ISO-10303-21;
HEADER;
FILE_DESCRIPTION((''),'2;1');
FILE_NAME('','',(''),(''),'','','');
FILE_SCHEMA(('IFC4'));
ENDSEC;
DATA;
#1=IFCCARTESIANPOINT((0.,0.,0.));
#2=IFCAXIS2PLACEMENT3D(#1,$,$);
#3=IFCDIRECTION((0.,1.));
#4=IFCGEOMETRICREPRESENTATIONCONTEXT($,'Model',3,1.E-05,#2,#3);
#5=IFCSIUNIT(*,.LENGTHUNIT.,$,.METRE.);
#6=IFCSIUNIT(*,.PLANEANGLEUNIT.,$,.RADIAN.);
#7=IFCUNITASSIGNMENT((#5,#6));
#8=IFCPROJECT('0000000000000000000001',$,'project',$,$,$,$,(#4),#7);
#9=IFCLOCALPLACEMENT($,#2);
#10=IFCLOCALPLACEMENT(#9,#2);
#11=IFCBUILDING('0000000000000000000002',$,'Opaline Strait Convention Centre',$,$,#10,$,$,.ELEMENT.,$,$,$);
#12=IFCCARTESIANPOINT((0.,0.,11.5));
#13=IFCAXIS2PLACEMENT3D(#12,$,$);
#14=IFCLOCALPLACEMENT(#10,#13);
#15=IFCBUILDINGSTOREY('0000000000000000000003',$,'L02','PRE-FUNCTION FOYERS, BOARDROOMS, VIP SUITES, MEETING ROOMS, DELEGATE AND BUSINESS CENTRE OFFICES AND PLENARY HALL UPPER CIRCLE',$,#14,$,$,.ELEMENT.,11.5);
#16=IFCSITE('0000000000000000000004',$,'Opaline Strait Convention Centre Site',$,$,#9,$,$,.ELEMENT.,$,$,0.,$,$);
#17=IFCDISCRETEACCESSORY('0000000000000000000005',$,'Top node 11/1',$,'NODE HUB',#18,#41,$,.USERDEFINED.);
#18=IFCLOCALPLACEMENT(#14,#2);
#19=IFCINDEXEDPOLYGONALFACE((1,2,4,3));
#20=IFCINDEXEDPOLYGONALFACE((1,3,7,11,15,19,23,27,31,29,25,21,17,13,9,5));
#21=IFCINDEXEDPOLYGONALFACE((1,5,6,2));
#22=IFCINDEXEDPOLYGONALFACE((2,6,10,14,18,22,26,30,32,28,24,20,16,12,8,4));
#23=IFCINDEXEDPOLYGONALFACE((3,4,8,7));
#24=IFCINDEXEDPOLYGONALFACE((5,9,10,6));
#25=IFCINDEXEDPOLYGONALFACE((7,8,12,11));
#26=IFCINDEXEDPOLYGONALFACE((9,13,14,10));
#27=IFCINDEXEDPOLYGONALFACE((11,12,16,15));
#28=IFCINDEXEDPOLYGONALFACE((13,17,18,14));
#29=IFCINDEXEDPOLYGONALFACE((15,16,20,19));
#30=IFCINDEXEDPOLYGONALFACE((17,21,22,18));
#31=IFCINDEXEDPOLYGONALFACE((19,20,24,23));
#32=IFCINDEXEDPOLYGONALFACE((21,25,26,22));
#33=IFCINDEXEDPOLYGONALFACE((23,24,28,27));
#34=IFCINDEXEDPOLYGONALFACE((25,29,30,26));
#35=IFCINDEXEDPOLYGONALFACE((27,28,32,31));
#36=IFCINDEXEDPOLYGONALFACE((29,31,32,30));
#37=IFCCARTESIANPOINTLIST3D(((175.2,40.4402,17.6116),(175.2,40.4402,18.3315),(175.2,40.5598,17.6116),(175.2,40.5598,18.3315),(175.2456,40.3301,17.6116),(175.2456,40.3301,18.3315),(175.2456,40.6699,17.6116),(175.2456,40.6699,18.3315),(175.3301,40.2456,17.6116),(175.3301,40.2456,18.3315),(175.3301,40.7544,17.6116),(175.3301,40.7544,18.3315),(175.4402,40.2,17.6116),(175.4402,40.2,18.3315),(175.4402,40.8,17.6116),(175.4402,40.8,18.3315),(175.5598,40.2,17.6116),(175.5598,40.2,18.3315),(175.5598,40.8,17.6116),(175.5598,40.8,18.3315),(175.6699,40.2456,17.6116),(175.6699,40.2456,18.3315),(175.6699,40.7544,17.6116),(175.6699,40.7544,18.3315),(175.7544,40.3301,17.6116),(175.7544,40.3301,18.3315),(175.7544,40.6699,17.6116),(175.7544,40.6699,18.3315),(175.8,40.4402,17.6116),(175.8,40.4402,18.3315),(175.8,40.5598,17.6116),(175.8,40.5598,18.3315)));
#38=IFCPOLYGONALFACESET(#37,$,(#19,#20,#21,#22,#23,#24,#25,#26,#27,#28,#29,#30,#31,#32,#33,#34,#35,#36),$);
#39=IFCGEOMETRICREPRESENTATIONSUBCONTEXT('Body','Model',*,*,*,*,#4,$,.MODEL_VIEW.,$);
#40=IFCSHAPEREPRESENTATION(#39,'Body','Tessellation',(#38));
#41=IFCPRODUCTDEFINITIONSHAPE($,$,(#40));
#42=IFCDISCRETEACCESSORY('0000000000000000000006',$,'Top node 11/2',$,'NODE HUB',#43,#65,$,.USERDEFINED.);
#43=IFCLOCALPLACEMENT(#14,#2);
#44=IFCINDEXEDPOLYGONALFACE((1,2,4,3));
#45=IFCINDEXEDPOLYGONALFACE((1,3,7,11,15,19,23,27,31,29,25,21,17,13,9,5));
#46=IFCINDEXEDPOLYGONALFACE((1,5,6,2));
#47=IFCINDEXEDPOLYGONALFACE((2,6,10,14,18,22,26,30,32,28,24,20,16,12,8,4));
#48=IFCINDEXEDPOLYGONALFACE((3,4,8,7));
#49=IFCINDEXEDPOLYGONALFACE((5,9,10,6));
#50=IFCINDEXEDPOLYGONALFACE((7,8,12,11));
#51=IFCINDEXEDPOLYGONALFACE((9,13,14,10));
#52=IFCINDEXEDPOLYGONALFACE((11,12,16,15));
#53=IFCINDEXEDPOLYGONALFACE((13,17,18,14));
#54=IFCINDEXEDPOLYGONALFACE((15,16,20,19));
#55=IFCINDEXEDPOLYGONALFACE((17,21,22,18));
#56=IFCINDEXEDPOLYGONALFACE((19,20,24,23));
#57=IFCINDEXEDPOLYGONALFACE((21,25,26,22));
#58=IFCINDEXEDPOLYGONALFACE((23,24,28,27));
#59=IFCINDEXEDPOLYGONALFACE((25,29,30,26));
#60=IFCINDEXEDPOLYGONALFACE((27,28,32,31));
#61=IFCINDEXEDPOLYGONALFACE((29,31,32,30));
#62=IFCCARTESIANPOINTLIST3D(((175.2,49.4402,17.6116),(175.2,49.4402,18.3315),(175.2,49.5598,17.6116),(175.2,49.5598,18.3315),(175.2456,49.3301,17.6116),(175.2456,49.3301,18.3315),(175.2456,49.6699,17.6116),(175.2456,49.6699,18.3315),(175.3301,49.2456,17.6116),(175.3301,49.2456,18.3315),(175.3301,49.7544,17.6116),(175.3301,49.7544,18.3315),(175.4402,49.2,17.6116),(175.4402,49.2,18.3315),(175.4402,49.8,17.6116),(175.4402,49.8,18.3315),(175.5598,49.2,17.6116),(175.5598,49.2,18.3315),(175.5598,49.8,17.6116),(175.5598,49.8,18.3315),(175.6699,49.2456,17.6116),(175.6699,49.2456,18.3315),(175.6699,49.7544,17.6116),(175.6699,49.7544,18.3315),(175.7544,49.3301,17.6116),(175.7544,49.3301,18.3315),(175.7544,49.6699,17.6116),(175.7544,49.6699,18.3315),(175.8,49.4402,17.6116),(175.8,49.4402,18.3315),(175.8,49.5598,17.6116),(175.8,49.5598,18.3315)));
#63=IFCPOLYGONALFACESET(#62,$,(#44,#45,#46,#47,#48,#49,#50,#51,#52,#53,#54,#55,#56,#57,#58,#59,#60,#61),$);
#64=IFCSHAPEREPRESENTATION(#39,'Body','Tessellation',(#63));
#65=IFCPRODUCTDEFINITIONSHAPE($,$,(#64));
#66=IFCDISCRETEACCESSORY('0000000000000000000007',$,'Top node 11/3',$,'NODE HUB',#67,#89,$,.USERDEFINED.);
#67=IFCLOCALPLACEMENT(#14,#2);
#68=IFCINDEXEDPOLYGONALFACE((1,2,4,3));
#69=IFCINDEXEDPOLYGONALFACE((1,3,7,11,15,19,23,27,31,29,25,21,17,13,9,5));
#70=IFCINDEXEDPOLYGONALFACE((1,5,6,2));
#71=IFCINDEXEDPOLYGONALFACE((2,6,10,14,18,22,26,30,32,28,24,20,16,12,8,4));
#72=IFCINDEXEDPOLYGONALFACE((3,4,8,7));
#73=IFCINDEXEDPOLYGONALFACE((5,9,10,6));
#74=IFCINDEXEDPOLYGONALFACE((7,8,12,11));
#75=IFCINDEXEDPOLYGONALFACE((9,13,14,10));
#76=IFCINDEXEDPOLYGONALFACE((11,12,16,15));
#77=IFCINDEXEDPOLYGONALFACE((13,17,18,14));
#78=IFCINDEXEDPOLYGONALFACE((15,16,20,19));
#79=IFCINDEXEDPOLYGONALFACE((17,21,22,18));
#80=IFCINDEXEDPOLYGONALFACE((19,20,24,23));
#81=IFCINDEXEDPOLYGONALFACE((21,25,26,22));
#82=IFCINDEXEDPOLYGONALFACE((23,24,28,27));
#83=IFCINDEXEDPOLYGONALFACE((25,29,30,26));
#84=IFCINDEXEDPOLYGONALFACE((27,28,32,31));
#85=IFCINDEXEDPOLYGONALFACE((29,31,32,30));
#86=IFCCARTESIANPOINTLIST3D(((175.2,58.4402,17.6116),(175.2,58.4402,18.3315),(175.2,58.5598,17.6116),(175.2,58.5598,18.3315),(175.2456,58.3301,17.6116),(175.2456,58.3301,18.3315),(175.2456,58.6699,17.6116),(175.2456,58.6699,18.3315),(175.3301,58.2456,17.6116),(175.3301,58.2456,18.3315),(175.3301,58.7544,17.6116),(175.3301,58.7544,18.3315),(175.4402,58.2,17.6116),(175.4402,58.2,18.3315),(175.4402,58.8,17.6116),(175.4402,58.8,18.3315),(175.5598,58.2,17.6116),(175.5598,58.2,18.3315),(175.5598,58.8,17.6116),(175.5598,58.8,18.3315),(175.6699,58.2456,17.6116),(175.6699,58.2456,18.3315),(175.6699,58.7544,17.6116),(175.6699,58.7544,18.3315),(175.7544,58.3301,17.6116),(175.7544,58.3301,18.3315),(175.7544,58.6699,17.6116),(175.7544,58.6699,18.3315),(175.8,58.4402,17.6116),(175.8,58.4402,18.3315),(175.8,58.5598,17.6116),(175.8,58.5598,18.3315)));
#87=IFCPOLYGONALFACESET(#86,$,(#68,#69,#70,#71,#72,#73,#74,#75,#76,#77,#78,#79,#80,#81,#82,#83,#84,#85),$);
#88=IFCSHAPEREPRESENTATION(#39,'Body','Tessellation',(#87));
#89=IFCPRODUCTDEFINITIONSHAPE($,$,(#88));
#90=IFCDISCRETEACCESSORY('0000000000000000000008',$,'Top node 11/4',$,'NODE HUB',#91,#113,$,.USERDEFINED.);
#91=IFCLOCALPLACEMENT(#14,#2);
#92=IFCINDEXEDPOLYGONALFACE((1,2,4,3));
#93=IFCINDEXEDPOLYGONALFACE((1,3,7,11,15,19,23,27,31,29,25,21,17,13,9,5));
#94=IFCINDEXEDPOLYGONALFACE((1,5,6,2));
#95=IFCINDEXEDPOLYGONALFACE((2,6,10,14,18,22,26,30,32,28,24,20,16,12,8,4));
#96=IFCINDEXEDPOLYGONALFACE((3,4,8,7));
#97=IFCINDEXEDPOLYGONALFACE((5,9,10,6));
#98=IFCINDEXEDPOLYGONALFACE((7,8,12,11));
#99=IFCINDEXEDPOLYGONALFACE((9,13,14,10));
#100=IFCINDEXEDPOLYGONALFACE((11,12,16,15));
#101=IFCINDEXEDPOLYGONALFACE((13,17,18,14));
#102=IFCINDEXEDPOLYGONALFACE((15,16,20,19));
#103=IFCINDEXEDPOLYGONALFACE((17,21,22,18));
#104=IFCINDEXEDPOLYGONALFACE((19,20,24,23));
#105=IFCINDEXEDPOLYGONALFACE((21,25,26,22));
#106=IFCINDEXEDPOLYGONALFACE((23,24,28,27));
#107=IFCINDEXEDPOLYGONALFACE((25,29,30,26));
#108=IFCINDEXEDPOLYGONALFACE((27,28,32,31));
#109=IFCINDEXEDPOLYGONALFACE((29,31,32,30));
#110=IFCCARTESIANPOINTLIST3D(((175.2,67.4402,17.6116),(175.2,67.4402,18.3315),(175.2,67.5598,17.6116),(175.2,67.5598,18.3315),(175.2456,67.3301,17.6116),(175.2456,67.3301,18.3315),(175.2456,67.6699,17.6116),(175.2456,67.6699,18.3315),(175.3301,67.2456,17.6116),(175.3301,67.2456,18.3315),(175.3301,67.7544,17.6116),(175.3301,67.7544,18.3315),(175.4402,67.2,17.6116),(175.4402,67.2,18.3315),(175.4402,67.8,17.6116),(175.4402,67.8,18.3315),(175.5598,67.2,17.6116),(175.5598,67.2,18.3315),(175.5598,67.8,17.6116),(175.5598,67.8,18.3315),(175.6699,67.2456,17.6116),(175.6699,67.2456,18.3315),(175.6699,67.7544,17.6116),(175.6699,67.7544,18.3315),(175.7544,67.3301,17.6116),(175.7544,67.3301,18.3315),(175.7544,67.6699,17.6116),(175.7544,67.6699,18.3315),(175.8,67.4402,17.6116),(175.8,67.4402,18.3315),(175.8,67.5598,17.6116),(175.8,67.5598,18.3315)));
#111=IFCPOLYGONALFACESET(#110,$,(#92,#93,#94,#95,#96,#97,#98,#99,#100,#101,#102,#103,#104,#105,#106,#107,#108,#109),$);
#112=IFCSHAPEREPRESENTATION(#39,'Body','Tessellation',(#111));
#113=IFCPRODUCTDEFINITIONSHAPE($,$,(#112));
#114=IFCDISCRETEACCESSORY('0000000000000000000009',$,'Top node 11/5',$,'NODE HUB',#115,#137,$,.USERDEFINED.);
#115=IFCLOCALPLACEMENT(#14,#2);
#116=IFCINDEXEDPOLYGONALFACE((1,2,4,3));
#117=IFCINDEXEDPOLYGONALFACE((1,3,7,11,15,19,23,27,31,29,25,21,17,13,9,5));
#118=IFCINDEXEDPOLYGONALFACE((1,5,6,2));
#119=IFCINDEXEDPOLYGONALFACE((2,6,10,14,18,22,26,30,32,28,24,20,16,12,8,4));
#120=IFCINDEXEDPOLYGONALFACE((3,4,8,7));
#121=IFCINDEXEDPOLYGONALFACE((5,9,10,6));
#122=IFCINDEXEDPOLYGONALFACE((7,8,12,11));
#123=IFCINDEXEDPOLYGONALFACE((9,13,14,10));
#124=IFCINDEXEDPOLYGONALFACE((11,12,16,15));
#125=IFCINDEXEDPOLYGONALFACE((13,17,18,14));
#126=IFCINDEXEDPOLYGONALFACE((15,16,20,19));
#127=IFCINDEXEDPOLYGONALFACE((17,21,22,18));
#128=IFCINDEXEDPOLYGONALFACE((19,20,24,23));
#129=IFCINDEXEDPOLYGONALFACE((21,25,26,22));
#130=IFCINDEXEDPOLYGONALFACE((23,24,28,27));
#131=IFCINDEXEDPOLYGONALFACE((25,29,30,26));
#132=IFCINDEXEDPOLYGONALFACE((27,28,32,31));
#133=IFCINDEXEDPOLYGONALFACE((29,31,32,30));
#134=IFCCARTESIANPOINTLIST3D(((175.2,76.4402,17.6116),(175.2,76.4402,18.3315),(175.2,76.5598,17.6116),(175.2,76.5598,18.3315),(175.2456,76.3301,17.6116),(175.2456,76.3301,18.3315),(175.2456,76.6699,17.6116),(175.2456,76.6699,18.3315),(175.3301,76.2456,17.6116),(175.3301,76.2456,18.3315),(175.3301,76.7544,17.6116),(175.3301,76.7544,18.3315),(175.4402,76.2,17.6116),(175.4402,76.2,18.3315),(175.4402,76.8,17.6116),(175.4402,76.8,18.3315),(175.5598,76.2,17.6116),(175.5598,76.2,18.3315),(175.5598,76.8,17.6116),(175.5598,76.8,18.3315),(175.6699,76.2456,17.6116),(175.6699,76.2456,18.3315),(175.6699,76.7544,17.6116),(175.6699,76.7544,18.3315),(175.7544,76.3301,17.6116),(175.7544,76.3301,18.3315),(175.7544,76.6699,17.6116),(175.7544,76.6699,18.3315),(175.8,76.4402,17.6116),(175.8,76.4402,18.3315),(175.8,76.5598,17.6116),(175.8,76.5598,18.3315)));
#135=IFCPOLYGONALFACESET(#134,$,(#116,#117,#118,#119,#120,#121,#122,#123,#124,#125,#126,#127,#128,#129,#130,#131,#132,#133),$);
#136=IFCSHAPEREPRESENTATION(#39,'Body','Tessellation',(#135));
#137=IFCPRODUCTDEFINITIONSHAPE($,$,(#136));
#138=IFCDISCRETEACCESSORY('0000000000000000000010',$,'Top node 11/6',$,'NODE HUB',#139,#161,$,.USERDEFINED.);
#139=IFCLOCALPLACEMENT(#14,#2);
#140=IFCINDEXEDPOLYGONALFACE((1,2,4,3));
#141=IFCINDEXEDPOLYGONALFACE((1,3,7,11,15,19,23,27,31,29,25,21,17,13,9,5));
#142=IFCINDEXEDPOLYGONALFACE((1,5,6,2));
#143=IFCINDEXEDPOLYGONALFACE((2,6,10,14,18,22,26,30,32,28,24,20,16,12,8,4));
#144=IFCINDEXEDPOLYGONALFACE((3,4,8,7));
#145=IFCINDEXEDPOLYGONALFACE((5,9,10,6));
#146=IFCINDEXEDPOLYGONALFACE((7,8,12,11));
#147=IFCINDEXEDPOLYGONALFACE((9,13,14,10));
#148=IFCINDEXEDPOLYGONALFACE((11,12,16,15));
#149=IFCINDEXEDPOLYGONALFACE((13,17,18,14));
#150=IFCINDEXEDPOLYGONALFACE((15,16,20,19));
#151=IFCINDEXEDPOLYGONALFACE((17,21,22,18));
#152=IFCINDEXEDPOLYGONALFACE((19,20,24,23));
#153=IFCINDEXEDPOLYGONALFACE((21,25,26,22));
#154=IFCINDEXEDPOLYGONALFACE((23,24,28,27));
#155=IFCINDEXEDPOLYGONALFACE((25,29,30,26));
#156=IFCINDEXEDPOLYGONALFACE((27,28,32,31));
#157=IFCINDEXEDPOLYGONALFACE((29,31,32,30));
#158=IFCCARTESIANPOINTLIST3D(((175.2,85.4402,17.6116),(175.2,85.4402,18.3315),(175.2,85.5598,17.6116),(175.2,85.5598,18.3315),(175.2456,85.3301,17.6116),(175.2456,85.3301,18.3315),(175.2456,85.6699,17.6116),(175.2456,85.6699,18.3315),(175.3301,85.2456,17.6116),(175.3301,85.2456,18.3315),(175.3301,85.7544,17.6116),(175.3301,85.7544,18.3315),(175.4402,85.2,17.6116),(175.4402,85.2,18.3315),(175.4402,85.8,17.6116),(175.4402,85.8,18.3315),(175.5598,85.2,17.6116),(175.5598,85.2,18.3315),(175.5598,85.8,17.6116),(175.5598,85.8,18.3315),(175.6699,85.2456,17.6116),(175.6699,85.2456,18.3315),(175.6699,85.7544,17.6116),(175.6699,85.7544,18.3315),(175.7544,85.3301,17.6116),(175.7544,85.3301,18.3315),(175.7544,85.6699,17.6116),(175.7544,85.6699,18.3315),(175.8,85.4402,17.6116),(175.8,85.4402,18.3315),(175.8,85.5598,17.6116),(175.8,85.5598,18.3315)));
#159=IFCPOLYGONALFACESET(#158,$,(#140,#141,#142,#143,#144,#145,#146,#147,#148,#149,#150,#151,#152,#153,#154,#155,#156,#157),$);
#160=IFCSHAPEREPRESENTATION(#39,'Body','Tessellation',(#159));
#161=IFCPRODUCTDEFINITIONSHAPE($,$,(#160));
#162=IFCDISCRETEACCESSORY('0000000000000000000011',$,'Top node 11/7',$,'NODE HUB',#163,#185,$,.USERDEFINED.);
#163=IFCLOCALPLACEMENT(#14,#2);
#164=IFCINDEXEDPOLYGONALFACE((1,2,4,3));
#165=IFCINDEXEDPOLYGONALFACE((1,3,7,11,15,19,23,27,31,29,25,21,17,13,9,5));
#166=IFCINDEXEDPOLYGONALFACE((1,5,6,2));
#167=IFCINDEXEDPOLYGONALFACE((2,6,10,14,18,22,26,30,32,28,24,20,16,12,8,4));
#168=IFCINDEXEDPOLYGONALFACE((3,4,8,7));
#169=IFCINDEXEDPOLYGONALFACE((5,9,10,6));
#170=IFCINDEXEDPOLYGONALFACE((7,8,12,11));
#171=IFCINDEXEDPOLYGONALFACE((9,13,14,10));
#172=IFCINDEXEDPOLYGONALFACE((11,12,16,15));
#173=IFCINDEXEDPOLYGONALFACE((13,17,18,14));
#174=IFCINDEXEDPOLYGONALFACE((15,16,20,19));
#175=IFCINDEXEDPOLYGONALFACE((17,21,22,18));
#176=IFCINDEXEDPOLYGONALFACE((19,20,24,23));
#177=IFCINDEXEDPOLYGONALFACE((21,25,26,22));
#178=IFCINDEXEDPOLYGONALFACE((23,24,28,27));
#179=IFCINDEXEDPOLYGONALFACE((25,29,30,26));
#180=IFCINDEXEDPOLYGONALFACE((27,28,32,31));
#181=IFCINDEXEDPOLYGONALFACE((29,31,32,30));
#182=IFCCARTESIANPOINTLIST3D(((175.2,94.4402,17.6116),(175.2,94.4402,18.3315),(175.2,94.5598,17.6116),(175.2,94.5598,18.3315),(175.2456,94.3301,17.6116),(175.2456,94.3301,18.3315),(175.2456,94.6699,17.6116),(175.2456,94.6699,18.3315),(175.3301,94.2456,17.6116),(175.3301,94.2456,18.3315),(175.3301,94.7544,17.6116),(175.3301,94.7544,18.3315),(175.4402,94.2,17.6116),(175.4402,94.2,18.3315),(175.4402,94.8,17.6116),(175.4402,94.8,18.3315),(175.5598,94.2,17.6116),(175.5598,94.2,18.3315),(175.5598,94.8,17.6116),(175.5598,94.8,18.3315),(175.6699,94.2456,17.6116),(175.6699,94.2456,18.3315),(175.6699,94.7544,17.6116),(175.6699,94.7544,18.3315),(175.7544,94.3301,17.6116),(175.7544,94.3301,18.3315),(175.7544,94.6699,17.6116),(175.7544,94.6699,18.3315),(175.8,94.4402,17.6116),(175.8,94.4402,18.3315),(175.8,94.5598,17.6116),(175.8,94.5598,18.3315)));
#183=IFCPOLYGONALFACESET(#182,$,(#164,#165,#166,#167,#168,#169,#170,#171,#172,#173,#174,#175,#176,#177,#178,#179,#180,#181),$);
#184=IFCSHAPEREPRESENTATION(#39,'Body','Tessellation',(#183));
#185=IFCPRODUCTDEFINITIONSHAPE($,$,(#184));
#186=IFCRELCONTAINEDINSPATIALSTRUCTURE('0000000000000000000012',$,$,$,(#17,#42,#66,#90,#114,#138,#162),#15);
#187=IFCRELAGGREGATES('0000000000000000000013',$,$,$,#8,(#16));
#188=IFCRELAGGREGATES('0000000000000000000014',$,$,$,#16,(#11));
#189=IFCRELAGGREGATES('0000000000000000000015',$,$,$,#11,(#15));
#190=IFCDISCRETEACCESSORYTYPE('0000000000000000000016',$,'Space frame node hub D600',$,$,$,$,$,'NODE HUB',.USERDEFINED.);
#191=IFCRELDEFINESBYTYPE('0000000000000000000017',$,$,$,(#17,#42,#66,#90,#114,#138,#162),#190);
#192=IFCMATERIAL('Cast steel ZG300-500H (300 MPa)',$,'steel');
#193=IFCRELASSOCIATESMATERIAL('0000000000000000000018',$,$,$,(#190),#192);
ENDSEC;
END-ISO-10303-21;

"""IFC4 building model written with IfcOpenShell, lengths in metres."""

from ifc_helpers import new_model, si_unit, direction, frame, origin, place, context, subcontext, project, spatial, polyline, outline, extrude, material, type_object, element, save


model = new_model("IFC4")

# Units and contexts
model_context = context("Model", 3, precision=1e-05, world=origin(), true_north=direction((0.0, 1.0)))
body_context = subcontext(model_context, "Body", "Model", "MODEL_VIEW")
ifc_project = project(units=[si_unit("LENGTHUNIT", "METRE"), si_unit("PLANEANGLEUNIT", "RADIAN")], contexts=[model_context])

# Site, building, storey
site_placement = place(None, origin())
site = spatial("IfcSite", under=ifc_project, at=site_placement, Name="Opaline Strait Convention Centre Site", CompositionType="ELEMENT", RefElevation=0.0)
building_placement = place(site_placement, origin())
building = spatial("IfcBuilding", under=site, at=building_placement, Name="Opaline Strait Convention Centre", CompositionType="ELEMENT")
storey_placement = place(building_placement, frame((0.0, 0.0, 11.5)))
storey = spatial("IfcBuildingStorey", under=building, at=storey_placement, Name="L02", Description="PRE-FUNCTION FOYERS, BOARDROOMS, VIP SUITES, MEETING ROOMS, DELEGATE AND BUSINESS CENTRE OFFICES AND PLENARY HALL UPPER CIRCLE", CompositionType="ELEMENT", Elevation=11.5)

# Discrete accessories
ifc_material = material(Name="Cast steel ZG300-500H (300 MPa)", Category="steel")
discrete_accessory_type = type_object("IfcDiscreteAccessoryType", Name="Space frame node hub D600", ElementType="NODE HUB", PredefinedType="USERDEFINED", material=ifc_material)
discrete_accessory_1_placement = place(storey_placement, frame((0.0, 0.0, 17.6116)))
element("IfcDiscreteAccessory", 1, at=discrete_accessory_1_placement, inside=storey, type_object=discrete_accessory_type, Name="Top node 11/1", ObjectType="NODE HUB", PredefinedType="USERDEFINED", context=body_context, shape_type="SweptSolid", body=[
    extrude(outline(polyline([(175.8, 40.5598), (175.7544, 40.6699), (175.6699, 40.7544), (175.5598, 40.8), (175.4402, 40.8), (175.3301, 40.7544), (175.2456, 40.6699), (175.2, 40.5598), (175.2, 40.4402), (175.2456, 40.3301), (175.3301, 40.2456), (175.4402, 40.2), (175.5598, 40.2), (175.6699, 40.2456), (175.7544, 40.3301), (175.8, 40.4402), (175.8, 40.5598)])), origin(), (0.0, 0.0, 1.0), 0.72),
])
discrete_accessory_2_placement = place(storey_placement, frame((0.0, 0.0, 17.6116)))
element("IfcDiscreteAccessory", 2, at=discrete_accessory_2_placement, inside=storey, type_object=discrete_accessory_type, Name="Top node 11/2", ObjectType="NODE HUB", PredefinedType="USERDEFINED", context=body_context, shape_type="SweptSolid", body=[
    extrude(outline(polyline([(175.8, 49.5598), (175.7544, 49.6699), (175.6699, 49.7544), (175.5598, 49.8), (175.4402, 49.8), (175.3301, 49.7544), (175.2456, 49.6699), (175.2, 49.5598), (175.2, 49.4402), (175.2456, 49.3301), (175.3301, 49.2456), (175.4402, 49.2), (175.5598, 49.2), (175.6699, 49.2456), (175.7544, 49.3301), (175.8, 49.4402), (175.8, 49.5598)])), origin(), (0.0, 0.0, 1.0), 0.72),
])
discrete_accessory_3_placement = place(storey_placement, frame((0.0, 0.0, 17.6116)))
element("IfcDiscreteAccessory", 3, at=discrete_accessory_3_placement, inside=storey, type_object=discrete_accessory_type, Name="Top node 11/3", ObjectType="NODE HUB", PredefinedType="USERDEFINED", context=body_context, shape_type="SweptSolid", body=[
    extrude(outline(polyline([(175.8, 58.5598), (175.7544, 58.6699), (175.6699, 58.7544), (175.5598, 58.8), (175.4402, 58.8), (175.3301, 58.7544), (175.2456, 58.6699), (175.2, 58.5598), (175.2, 58.4402), (175.2456, 58.3301), (175.3301, 58.2456), (175.4402, 58.2), (175.5598, 58.2), (175.6699, 58.2456), (175.7544, 58.3301), (175.8, 58.4402), (175.8, 58.5598)])), origin(), (0.0, 0.0, 1.0), 0.72),
])
discrete_accessory_4_placement = place(storey_placement, frame((0.0, 0.0, 17.6116)))
element("IfcDiscreteAccessory", 4, at=discrete_accessory_4_placement, inside=storey, type_object=discrete_accessory_type, Name="Top node 11/4", ObjectType="NODE HUB", PredefinedType="USERDEFINED", context=body_context, shape_type="SweptSolid", body=[
    extrude(outline(polyline([(175.8, 67.5598), (175.7544, 67.6699), (175.6699, 67.7544), (175.5598, 67.8), (175.4402, 67.8), (175.3301, 67.7544), (175.2456, 67.6699), (175.2, 67.5598), (175.2, 67.4402), (175.2456, 67.3301), (175.3301, 67.2456), (175.4402, 67.2), (175.5598, 67.2), (175.6699, 67.2456), (175.7544, 67.3301), (175.8, 67.4402), (175.8, 67.5598)])), origin(), (0.0, 0.0, 1.0), 0.72),
])
discrete_accessory_5_placement = place(storey_placement, frame((0.0, 0.0, 17.6116)))
element("IfcDiscreteAccessory", 5, at=discrete_accessory_5_placement, inside=storey, type_object=discrete_accessory_type, Name="Top node 11/5", ObjectType="NODE HUB", PredefinedType="USERDEFINED", context=body_context, shape_type="SweptSolid", body=[
    extrude(outline(polyline([(175.8, 76.5598), (175.7544, 76.6699), (175.6699, 76.7544), (175.5598, 76.8), (175.4402, 76.8), (175.3301, 76.7544), (175.2456, 76.6699), (175.2, 76.5598), (175.2, 76.4402), (175.2456, 76.3301), (175.3301, 76.2456), (175.4402, 76.2), (175.5598, 76.2), (175.6699, 76.2456), (175.7544, 76.3301), (175.8, 76.4402), (175.8, 76.5598)])), origin(), (0.0, 0.0, 1.0), 0.72),
])
discrete_accessory_6_placement = place(storey_placement, frame((0.0, 0.0, 17.6116)))
element("IfcDiscreteAccessory", 6, at=discrete_accessory_6_placement, inside=storey, type_object=discrete_accessory_type, Name="Top node 11/6", ObjectType="NODE HUB", PredefinedType="USERDEFINED", context=body_context, shape_type="SweptSolid", body=[
    extrude(outline(polyline([(175.8, 85.5598), (175.7544, 85.6699), (175.6699, 85.7544), (175.5598, 85.8), (175.4402, 85.8), (175.3301, 85.7544), (175.2456, 85.6699), (175.2, 85.5598), (175.2, 85.4402), (175.2456, 85.3301), (175.3301, 85.2456), (175.4402, 85.2), (175.5598, 85.2), (175.6699, 85.2456), (175.7544, 85.3301), (175.8, 85.4402), (175.8, 85.5598)])), origin(), (0.0, 0.0, 1.0), 0.72),
])
discrete_accessory_7_placement = place(storey_placement, frame((0.0, 0.0, 17.6116)))
element("IfcDiscreteAccessory", 7, at=discrete_accessory_7_placement, inside=storey, type_object=discrete_accessory_type, Name="Top node 11/7", ObjectType="NODE HUB", PredefinedType="USERDEFINED", context=body_context, shape_type="SweptSolid", body=[
    extrude(outline(polyline([(175.8, 94.5598), (175.7544, 94.6699), (175.6699, 94.7544), (175.5598, 94.8), (175.4402, 94.8), (175.3301, 94.7544), (175.2456, 94.6699), (175.2, 94.5598), (175.2, 94.4402), (175.2456, 94.3301), (175.3301, 94.2456), (175.4402, 94.2), (175.5598, 94.2), (175.6699, 94.2456), (175.7544, 94.3301), (175.8, 94.4402), (175.8, 94.5598)])), origin(), (0.0, 0.0, 1.0), 0.72),
])

save(model, "model.ifc")
